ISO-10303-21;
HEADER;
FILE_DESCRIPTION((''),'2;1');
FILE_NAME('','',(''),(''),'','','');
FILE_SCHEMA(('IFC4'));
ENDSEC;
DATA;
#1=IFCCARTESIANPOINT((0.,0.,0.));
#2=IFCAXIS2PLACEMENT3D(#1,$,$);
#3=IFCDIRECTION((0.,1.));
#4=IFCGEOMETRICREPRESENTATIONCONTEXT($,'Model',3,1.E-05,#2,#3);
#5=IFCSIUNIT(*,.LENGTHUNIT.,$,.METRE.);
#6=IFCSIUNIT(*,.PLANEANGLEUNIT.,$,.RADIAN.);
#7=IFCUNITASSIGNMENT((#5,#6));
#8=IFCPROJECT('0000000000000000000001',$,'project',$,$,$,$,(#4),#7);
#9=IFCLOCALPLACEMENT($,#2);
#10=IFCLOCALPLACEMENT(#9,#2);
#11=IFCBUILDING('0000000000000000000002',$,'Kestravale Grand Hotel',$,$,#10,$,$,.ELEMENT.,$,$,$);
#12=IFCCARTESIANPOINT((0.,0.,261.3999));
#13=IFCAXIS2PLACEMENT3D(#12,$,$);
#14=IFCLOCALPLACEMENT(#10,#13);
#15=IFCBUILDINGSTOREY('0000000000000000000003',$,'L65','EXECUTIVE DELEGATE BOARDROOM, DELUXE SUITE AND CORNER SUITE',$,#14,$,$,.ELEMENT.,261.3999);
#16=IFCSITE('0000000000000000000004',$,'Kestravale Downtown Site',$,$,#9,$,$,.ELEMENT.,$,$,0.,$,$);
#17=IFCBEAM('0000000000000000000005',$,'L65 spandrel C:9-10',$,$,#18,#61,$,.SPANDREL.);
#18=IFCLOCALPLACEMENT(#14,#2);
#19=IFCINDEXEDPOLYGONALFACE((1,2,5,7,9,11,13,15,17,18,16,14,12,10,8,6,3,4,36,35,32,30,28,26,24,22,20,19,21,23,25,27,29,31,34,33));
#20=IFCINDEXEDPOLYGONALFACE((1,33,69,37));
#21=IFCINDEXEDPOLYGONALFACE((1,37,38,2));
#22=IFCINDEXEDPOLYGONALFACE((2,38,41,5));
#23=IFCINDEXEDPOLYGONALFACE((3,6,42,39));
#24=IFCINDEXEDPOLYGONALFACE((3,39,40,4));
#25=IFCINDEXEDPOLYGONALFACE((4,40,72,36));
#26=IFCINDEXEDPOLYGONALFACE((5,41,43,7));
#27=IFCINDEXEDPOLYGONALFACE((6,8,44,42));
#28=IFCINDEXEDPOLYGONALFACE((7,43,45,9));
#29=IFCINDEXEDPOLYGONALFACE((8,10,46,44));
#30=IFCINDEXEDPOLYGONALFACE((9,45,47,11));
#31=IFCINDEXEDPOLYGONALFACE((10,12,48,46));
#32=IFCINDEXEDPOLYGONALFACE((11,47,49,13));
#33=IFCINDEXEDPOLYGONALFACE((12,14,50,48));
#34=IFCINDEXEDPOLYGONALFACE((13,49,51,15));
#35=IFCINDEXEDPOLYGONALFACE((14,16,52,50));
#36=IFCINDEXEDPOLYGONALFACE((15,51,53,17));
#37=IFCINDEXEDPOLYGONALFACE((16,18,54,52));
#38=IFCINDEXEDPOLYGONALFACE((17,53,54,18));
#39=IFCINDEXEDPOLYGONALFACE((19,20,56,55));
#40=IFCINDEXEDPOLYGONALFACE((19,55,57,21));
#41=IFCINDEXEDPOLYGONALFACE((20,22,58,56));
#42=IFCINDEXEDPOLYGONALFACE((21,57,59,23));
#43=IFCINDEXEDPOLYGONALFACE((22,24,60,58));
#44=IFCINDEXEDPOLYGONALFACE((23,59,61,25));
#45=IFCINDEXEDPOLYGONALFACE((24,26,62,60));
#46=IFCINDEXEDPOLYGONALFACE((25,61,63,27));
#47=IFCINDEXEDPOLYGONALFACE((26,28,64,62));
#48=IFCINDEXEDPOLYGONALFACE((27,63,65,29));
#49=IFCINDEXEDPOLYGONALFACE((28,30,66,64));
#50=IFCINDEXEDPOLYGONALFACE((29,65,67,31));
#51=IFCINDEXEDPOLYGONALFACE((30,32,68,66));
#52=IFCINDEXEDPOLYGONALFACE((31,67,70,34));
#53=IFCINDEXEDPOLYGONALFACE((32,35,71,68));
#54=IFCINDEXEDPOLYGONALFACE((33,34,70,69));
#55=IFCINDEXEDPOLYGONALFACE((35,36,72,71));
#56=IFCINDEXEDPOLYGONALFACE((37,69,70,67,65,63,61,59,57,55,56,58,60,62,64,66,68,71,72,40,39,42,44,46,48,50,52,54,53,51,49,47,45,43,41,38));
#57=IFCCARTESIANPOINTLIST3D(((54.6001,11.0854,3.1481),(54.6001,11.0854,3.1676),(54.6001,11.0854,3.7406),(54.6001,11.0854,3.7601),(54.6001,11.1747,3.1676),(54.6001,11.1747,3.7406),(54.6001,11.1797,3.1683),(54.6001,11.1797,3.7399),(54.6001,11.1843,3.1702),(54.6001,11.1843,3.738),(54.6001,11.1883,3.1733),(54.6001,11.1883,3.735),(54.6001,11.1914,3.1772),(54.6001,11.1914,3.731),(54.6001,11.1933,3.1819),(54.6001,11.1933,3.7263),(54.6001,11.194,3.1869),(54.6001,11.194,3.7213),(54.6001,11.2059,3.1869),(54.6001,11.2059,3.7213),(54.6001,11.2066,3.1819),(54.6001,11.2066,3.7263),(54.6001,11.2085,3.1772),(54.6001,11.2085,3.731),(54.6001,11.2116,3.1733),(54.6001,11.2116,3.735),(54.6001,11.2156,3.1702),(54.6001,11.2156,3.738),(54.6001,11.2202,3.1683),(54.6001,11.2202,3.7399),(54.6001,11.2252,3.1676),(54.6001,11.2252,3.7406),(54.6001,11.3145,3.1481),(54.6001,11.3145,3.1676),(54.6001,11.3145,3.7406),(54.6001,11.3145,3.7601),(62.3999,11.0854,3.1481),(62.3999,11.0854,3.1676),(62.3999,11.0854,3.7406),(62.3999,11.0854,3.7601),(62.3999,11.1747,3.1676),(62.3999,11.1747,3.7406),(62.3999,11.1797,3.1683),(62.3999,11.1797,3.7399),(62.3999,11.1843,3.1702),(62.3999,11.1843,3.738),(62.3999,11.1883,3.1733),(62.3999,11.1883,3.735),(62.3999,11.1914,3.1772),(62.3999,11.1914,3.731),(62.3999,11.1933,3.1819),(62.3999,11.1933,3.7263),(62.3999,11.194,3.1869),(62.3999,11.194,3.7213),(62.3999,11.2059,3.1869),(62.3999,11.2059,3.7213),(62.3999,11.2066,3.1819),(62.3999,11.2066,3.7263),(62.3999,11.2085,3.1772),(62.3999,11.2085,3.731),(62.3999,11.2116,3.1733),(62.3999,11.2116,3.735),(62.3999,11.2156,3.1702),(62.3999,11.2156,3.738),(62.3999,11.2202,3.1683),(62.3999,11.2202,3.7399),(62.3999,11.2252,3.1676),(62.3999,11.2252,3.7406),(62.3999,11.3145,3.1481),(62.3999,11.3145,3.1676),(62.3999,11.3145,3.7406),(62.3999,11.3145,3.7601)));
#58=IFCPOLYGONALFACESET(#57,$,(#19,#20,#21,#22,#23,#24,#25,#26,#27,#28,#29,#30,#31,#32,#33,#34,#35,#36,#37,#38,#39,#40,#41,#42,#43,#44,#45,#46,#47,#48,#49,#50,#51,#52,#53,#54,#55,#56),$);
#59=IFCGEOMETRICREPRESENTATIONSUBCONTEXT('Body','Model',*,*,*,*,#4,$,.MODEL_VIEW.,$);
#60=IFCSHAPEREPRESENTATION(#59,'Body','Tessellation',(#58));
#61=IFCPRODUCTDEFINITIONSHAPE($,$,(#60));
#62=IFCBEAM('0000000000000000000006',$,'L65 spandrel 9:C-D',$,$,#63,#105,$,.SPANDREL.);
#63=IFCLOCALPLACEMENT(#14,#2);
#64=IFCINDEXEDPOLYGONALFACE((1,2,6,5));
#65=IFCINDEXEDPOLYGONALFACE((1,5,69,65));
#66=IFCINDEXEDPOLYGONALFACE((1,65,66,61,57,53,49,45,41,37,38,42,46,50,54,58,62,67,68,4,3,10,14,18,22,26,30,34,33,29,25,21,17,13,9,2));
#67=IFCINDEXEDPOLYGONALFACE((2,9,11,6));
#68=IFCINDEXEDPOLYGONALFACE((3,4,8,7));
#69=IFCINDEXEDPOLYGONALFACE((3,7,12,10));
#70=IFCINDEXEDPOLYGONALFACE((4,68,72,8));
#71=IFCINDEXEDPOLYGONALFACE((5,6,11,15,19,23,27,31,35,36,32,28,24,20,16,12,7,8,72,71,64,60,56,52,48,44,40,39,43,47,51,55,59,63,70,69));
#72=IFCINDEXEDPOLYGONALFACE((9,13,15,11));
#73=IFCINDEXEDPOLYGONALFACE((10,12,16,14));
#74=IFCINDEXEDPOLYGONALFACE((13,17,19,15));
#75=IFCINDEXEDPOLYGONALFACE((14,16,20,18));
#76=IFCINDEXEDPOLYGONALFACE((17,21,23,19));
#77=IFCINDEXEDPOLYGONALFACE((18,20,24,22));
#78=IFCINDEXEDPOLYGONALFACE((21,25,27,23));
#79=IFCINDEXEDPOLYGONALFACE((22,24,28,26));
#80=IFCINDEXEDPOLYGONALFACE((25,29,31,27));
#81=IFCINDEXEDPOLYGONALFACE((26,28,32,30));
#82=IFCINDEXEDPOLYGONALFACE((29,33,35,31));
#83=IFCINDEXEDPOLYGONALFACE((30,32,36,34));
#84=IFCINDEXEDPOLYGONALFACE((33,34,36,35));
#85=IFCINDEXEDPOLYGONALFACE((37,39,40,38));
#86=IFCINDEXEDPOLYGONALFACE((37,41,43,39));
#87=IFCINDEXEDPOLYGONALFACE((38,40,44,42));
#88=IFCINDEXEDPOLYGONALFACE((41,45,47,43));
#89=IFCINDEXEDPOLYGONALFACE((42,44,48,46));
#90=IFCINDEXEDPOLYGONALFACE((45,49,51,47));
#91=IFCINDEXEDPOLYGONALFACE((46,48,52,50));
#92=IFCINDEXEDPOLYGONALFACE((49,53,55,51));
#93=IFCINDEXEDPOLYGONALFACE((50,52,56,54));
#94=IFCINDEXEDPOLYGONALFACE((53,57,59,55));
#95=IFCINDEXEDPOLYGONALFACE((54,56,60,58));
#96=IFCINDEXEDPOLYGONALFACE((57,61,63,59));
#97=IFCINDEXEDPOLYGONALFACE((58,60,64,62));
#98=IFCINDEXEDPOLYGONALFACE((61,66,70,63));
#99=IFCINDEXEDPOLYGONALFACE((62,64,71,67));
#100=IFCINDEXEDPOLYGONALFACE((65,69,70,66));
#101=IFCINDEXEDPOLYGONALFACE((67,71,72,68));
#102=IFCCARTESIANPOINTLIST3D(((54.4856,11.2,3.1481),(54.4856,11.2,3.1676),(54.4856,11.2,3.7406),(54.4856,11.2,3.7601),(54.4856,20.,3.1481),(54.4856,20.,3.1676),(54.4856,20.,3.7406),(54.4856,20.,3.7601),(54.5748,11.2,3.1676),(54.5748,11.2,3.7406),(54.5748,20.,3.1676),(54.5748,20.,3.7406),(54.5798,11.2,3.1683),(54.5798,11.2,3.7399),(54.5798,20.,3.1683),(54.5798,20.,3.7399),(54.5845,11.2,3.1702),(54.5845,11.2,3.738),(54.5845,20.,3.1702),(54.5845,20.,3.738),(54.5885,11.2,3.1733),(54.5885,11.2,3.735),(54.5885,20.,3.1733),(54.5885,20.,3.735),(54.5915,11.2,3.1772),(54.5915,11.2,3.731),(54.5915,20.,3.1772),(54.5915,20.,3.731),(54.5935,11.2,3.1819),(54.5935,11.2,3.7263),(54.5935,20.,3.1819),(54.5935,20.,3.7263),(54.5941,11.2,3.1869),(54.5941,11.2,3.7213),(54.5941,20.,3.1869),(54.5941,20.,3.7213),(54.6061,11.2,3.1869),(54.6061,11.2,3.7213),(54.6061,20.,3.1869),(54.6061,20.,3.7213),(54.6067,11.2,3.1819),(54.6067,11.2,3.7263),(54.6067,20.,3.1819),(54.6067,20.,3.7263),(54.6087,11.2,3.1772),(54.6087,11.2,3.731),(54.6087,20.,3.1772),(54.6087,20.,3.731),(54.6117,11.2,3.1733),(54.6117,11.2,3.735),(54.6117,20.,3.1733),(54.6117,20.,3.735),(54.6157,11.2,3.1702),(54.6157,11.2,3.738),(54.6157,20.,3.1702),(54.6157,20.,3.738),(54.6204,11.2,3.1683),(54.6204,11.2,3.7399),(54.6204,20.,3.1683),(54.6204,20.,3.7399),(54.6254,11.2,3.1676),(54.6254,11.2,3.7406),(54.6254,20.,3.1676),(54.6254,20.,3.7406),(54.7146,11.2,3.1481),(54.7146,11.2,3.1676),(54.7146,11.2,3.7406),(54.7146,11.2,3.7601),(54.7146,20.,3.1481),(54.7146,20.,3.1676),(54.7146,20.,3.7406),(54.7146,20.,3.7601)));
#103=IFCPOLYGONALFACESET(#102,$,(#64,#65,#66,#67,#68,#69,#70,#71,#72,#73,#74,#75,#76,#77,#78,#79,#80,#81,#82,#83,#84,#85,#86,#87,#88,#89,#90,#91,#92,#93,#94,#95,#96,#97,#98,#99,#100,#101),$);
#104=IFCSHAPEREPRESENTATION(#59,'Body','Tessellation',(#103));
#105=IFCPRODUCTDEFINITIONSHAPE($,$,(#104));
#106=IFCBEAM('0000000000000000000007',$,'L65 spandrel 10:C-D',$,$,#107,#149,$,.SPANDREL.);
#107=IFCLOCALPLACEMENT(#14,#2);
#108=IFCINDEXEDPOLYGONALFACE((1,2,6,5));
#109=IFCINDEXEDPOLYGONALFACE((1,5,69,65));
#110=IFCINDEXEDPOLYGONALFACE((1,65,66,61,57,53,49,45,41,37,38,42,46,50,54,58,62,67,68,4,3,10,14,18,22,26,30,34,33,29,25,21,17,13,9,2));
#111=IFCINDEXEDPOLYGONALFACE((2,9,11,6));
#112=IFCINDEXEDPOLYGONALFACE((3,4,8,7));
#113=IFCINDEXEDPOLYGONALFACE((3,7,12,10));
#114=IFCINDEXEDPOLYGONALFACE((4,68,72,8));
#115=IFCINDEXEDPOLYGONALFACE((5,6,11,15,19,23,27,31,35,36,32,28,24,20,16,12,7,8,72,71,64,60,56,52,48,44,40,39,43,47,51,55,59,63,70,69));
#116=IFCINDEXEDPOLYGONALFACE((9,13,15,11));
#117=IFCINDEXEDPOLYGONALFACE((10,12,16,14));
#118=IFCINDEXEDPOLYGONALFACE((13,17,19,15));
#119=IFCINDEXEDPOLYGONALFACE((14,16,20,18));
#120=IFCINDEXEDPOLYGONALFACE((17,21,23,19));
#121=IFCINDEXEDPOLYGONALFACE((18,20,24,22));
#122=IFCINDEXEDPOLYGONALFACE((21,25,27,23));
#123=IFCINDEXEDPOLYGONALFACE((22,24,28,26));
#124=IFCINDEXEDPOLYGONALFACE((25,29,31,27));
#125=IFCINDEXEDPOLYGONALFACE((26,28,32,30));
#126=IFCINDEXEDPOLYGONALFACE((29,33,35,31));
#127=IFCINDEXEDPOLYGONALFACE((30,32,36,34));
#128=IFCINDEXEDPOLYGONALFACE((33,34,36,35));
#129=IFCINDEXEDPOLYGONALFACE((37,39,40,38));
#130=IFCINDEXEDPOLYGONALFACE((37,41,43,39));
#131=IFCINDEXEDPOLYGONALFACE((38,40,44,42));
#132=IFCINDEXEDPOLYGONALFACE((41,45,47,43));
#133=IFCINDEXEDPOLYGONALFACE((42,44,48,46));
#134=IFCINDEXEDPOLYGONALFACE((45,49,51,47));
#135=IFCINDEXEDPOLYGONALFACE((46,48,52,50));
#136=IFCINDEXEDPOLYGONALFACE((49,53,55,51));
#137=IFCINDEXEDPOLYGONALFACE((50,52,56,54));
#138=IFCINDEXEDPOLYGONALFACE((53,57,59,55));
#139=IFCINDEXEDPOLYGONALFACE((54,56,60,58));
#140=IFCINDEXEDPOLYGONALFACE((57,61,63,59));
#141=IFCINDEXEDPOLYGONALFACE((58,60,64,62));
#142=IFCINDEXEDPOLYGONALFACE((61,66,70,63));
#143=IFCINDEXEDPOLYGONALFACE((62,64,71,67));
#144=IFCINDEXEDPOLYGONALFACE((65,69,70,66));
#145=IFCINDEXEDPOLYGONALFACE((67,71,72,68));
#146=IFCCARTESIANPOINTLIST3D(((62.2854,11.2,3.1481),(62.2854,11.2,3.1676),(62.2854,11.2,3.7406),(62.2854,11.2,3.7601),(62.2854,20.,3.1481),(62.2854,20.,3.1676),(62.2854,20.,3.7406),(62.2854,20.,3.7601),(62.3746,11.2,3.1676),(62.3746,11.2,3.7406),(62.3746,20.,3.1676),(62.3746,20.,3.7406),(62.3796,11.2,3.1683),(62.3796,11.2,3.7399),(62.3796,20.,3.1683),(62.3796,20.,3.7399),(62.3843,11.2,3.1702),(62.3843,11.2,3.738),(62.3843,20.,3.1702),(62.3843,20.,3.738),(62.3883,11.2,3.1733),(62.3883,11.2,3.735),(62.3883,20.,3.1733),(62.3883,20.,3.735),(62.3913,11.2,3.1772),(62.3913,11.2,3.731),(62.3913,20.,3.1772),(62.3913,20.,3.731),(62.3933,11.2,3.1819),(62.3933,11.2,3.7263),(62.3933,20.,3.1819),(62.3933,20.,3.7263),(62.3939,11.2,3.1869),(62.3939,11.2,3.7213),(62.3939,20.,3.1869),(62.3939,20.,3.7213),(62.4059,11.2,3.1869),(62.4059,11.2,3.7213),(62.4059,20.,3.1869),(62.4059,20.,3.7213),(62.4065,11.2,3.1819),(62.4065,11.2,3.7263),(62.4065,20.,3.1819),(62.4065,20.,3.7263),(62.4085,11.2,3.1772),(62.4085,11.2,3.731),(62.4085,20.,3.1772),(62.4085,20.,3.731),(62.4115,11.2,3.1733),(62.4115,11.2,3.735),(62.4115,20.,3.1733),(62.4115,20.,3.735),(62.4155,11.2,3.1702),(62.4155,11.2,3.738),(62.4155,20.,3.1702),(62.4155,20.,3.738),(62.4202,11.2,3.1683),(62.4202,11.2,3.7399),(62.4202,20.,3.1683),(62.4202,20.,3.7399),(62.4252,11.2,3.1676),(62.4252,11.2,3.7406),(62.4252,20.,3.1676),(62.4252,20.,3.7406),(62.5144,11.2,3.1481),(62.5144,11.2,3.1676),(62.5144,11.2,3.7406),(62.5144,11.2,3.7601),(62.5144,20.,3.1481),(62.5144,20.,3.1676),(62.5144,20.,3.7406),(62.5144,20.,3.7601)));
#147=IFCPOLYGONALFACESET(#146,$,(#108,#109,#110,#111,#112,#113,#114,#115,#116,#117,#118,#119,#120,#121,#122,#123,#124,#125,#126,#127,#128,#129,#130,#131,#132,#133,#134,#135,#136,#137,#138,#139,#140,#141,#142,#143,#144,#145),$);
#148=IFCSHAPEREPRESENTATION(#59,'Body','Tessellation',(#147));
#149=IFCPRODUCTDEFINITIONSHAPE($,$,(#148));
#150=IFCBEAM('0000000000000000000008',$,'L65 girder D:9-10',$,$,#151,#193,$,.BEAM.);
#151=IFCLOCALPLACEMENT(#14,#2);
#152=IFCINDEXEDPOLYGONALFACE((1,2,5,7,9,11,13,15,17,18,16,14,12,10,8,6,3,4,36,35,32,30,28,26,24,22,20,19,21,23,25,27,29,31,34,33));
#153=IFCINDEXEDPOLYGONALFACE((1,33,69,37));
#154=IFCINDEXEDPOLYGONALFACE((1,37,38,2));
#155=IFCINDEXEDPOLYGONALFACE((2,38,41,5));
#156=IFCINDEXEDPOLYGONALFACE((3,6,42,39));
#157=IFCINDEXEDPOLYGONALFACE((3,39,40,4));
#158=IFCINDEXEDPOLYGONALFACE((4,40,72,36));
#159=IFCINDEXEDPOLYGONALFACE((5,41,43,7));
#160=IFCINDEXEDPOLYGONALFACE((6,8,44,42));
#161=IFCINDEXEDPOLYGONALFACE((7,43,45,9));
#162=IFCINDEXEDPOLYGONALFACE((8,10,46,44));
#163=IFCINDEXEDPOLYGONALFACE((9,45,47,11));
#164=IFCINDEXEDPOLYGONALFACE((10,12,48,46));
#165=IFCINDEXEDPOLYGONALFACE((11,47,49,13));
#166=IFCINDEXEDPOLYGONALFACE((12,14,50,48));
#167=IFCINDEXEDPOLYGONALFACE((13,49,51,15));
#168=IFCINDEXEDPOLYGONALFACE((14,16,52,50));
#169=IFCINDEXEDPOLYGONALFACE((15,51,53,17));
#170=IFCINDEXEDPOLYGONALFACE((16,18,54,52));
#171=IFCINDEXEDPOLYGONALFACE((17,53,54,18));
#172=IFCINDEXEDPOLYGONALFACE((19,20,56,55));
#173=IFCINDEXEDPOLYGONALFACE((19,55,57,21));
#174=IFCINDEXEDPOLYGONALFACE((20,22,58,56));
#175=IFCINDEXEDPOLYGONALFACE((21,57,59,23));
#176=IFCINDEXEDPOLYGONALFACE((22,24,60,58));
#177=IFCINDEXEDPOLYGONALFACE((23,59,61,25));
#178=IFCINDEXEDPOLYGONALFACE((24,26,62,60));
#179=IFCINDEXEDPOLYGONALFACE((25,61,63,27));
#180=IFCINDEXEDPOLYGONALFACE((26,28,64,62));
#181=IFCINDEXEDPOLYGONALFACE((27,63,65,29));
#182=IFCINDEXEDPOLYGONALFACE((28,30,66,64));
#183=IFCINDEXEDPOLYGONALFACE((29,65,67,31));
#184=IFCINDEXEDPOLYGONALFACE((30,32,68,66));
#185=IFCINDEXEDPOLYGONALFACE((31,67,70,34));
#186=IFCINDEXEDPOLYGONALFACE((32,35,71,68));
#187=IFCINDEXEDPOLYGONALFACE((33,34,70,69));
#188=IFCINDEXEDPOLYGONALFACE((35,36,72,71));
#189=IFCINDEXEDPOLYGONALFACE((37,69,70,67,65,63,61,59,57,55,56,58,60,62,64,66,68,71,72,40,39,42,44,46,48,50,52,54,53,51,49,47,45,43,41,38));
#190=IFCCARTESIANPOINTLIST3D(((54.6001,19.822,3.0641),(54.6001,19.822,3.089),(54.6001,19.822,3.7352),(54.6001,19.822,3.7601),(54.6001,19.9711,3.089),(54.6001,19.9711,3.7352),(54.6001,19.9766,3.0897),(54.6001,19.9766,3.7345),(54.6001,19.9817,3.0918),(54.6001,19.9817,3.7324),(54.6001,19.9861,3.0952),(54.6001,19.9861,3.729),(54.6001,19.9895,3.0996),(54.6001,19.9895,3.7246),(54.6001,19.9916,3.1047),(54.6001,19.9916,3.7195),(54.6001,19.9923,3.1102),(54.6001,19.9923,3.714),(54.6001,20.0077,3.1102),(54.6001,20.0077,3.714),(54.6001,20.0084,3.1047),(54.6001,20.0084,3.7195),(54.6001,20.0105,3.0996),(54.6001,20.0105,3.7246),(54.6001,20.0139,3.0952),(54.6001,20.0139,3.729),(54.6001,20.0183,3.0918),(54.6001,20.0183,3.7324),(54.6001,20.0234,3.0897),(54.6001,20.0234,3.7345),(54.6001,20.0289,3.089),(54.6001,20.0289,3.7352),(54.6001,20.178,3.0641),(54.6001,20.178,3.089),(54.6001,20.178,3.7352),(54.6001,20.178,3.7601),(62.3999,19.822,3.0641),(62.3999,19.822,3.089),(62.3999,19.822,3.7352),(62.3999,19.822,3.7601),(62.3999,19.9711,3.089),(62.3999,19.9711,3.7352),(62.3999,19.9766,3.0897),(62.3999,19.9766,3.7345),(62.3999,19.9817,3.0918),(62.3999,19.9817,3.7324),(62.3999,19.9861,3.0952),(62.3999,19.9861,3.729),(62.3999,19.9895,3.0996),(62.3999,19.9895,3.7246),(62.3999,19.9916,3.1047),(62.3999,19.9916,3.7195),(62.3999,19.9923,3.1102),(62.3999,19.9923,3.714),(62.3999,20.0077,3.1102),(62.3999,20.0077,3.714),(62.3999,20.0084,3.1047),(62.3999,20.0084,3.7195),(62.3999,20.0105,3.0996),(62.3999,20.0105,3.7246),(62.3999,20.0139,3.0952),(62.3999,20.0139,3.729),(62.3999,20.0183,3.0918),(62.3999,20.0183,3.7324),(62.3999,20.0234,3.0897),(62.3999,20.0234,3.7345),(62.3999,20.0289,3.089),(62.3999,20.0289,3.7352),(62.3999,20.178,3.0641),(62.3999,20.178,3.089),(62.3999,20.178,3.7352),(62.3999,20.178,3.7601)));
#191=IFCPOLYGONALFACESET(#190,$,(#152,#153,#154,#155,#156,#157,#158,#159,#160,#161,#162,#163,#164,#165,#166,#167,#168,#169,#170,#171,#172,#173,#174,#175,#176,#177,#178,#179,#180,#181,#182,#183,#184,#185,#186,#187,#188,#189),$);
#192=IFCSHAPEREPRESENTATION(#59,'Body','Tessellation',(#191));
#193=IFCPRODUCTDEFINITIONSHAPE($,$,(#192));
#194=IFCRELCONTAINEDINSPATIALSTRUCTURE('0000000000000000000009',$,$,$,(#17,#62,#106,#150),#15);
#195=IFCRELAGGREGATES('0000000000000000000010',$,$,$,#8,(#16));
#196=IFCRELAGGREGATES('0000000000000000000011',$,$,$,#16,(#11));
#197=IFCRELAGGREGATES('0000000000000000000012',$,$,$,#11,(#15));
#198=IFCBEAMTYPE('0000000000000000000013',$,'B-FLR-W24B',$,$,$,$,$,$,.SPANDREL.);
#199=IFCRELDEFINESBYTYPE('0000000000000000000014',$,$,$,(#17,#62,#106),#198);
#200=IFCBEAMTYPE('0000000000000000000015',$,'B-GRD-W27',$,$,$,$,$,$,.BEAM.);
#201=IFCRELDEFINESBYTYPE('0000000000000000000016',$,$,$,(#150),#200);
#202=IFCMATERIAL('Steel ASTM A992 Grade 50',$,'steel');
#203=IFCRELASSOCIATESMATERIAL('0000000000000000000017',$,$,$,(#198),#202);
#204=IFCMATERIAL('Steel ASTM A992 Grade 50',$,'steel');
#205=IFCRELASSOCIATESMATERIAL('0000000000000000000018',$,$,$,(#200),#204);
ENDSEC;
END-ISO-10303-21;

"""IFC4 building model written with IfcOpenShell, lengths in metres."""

from ifc_helpers import new_model, si_unit, direction, frame, origin, origin_2d, place, context, subcontext, project, spatial, i_section, extrude, material, material_profile, profile_set, type_object, element, save


model = new_model("IFC4")

# Units and contexts
model_context = context("Model", 3, precision=1e-05, world=origin(), true_north=direction((0.0, 1.0)))
body_context = subcontext(model_context, "Body", "Model", "MODEL_VIEW")
ifc_project = project(units=[si_unit("LENGTHUNIT", "METRE"), si_unit("PLANEANGLEUNIT", "RADIAN")], contexts=[model_context])

# Site, building, storey
site_placement = place(None, origin())
site = spatial("IfcSite", under=ifc_project, at=site_placement, Name="Kestravale Downtown Site", CompositionType="ELEMENT", RefElevation=0.0)
building_placement = place(site_placement, origin())
building = spatial("IfcBuilding", under=site, at=building_placement, Name="Kestravale Grand Hotel", CompositionType="ELEMENT")
storey_placement = place(building_placement, frame((0.0, 0.0, 261.3999)))
storey = spatial("IfcBuildingStorey", under=building, at=storey_placement, Name="L65", Description="EXECUTIVE DELEGATE BOARDROOM, DELUXE SUITE AND CORNER SUITE", CompositionType="ELEMENT", Elevation=261.3999)

# Beams
ifc_material_1 = material(Name="Steel ASTM A992 Grade 50", Category="steel")
ifc_material_profile_1 = material_profile(ifc_material_1, i_section(OverallWidth=0.229, OverallDepth=0.6121, WebThickness=0.012, FlangeThickness=0.0195, FilletRadius=0.0193, at=origin_2d()))
ifc_profile_set_1 = profile_set([ifc_material_profile_1], Name="Steel ASTM A992 Grade 50")
beam_type_1 = type_object("IfcBeamType", Name="B-FLR-W24B", PredefinedType="SPANDREL", material=ifc_profile_set_1)
beam_1_placement = place(storey_placement, frame((54.6001, 11.2, 3.4541), z_axis=(1.0, 0.0, 0.0), x_axis=(0.0, 1.0, 0.0)))
element("IfcBeam", 1, at=beam_1_placement, inside=storey, type_object=beam_type_1, Name="L65 spandrel C:9-10", PredefinedType="SPANDREL", context=body_context, shape_type="SweptSolid", body=[
    extrude(i_section(OverallWidth=0.229, OverallDepth=0.6121, WebThickness=0.012, FlangeThickness=0.0195, FilletRadius=0.0193, at=origin_2d()), origin(), (0.0, 0.0, 1.0), 7.7998),
])
for number, where, z_axis, x_axis, name in (
    (2, (54.6001, 11.2, 3.4541), (0.0, 1.0, 0.0), (-1.0, 0.0, 0.0), "L65 spandrel 9:C-D"),
    (3, (62.3999, 11.2, 3.4541), (0.0, 1.0, 0.0), (-1.0, 0.0, 0.0), "L65 spandrel 10:C-D"),
):
    element("IfcBeam", number, at=place(storey_placement, frame(where, z_axis=z_axis, x_axis=x_axis)), inside=storey, type_object=beam_type_1, Name=name, PredefinedType="SPANDREL", context=body_context, shape_type="SweptSolid", body=[
        extrude(i_section(OverallWidth=0.229, OverallDepth=0.6121, WebThickness=0.012, FlangeThickness=0.0195, FilletRadius=0.0193, at=origin_2d()), origin(), (0.0, 0.0, 1.0), 8.8),
    ])
ifc_material_2 = material(Name="Steel ASTM A992 Grade 50", Category="steel")
ifc_material_profile_2 = material_profile(ifc_material_2, i_section(OverallWidth=0.356, OverallDepth=0.696, WebThickness=0.0154, FlangeThickness=0.0249, FilletRadius=0.0212, at=origin_2d()))
ifc_profile_set_2 = profile_set([ifc_material_profile_2], Name="Steel ASTM A992 Grade 50")
beam_type_2 = type_object("IfcBeamType", Name="B-GRD-W27", PredefinedType="BEAM", material=ifc_profile_set_2)
beam_2_placement = place(storey_placement, frame((54.6001, 20.0, 3.4121), z_axis=(1.0, 0.0, 0.0), x_axis=(0.0, 1.0, 0.0)))
element("IfcBeam", 4, at=beam_2_placement, inside=storey, type_object=beam_type_2, Name="L65 girder D:9-10", PredefinedType="BEAM", context=body_context, shape_type="SweptSolid", body=[
    extrude(i_section(OverallWidth=0.356, OverallDepth=0.696, WebThickness=0.0154, FlangeThickness=0.0249, FilletRadius=0.0212, at=origin_2d()), origin(), (0.0, 0.0, 1.0), 7.7998),
])

save(model, "model.ifc")
